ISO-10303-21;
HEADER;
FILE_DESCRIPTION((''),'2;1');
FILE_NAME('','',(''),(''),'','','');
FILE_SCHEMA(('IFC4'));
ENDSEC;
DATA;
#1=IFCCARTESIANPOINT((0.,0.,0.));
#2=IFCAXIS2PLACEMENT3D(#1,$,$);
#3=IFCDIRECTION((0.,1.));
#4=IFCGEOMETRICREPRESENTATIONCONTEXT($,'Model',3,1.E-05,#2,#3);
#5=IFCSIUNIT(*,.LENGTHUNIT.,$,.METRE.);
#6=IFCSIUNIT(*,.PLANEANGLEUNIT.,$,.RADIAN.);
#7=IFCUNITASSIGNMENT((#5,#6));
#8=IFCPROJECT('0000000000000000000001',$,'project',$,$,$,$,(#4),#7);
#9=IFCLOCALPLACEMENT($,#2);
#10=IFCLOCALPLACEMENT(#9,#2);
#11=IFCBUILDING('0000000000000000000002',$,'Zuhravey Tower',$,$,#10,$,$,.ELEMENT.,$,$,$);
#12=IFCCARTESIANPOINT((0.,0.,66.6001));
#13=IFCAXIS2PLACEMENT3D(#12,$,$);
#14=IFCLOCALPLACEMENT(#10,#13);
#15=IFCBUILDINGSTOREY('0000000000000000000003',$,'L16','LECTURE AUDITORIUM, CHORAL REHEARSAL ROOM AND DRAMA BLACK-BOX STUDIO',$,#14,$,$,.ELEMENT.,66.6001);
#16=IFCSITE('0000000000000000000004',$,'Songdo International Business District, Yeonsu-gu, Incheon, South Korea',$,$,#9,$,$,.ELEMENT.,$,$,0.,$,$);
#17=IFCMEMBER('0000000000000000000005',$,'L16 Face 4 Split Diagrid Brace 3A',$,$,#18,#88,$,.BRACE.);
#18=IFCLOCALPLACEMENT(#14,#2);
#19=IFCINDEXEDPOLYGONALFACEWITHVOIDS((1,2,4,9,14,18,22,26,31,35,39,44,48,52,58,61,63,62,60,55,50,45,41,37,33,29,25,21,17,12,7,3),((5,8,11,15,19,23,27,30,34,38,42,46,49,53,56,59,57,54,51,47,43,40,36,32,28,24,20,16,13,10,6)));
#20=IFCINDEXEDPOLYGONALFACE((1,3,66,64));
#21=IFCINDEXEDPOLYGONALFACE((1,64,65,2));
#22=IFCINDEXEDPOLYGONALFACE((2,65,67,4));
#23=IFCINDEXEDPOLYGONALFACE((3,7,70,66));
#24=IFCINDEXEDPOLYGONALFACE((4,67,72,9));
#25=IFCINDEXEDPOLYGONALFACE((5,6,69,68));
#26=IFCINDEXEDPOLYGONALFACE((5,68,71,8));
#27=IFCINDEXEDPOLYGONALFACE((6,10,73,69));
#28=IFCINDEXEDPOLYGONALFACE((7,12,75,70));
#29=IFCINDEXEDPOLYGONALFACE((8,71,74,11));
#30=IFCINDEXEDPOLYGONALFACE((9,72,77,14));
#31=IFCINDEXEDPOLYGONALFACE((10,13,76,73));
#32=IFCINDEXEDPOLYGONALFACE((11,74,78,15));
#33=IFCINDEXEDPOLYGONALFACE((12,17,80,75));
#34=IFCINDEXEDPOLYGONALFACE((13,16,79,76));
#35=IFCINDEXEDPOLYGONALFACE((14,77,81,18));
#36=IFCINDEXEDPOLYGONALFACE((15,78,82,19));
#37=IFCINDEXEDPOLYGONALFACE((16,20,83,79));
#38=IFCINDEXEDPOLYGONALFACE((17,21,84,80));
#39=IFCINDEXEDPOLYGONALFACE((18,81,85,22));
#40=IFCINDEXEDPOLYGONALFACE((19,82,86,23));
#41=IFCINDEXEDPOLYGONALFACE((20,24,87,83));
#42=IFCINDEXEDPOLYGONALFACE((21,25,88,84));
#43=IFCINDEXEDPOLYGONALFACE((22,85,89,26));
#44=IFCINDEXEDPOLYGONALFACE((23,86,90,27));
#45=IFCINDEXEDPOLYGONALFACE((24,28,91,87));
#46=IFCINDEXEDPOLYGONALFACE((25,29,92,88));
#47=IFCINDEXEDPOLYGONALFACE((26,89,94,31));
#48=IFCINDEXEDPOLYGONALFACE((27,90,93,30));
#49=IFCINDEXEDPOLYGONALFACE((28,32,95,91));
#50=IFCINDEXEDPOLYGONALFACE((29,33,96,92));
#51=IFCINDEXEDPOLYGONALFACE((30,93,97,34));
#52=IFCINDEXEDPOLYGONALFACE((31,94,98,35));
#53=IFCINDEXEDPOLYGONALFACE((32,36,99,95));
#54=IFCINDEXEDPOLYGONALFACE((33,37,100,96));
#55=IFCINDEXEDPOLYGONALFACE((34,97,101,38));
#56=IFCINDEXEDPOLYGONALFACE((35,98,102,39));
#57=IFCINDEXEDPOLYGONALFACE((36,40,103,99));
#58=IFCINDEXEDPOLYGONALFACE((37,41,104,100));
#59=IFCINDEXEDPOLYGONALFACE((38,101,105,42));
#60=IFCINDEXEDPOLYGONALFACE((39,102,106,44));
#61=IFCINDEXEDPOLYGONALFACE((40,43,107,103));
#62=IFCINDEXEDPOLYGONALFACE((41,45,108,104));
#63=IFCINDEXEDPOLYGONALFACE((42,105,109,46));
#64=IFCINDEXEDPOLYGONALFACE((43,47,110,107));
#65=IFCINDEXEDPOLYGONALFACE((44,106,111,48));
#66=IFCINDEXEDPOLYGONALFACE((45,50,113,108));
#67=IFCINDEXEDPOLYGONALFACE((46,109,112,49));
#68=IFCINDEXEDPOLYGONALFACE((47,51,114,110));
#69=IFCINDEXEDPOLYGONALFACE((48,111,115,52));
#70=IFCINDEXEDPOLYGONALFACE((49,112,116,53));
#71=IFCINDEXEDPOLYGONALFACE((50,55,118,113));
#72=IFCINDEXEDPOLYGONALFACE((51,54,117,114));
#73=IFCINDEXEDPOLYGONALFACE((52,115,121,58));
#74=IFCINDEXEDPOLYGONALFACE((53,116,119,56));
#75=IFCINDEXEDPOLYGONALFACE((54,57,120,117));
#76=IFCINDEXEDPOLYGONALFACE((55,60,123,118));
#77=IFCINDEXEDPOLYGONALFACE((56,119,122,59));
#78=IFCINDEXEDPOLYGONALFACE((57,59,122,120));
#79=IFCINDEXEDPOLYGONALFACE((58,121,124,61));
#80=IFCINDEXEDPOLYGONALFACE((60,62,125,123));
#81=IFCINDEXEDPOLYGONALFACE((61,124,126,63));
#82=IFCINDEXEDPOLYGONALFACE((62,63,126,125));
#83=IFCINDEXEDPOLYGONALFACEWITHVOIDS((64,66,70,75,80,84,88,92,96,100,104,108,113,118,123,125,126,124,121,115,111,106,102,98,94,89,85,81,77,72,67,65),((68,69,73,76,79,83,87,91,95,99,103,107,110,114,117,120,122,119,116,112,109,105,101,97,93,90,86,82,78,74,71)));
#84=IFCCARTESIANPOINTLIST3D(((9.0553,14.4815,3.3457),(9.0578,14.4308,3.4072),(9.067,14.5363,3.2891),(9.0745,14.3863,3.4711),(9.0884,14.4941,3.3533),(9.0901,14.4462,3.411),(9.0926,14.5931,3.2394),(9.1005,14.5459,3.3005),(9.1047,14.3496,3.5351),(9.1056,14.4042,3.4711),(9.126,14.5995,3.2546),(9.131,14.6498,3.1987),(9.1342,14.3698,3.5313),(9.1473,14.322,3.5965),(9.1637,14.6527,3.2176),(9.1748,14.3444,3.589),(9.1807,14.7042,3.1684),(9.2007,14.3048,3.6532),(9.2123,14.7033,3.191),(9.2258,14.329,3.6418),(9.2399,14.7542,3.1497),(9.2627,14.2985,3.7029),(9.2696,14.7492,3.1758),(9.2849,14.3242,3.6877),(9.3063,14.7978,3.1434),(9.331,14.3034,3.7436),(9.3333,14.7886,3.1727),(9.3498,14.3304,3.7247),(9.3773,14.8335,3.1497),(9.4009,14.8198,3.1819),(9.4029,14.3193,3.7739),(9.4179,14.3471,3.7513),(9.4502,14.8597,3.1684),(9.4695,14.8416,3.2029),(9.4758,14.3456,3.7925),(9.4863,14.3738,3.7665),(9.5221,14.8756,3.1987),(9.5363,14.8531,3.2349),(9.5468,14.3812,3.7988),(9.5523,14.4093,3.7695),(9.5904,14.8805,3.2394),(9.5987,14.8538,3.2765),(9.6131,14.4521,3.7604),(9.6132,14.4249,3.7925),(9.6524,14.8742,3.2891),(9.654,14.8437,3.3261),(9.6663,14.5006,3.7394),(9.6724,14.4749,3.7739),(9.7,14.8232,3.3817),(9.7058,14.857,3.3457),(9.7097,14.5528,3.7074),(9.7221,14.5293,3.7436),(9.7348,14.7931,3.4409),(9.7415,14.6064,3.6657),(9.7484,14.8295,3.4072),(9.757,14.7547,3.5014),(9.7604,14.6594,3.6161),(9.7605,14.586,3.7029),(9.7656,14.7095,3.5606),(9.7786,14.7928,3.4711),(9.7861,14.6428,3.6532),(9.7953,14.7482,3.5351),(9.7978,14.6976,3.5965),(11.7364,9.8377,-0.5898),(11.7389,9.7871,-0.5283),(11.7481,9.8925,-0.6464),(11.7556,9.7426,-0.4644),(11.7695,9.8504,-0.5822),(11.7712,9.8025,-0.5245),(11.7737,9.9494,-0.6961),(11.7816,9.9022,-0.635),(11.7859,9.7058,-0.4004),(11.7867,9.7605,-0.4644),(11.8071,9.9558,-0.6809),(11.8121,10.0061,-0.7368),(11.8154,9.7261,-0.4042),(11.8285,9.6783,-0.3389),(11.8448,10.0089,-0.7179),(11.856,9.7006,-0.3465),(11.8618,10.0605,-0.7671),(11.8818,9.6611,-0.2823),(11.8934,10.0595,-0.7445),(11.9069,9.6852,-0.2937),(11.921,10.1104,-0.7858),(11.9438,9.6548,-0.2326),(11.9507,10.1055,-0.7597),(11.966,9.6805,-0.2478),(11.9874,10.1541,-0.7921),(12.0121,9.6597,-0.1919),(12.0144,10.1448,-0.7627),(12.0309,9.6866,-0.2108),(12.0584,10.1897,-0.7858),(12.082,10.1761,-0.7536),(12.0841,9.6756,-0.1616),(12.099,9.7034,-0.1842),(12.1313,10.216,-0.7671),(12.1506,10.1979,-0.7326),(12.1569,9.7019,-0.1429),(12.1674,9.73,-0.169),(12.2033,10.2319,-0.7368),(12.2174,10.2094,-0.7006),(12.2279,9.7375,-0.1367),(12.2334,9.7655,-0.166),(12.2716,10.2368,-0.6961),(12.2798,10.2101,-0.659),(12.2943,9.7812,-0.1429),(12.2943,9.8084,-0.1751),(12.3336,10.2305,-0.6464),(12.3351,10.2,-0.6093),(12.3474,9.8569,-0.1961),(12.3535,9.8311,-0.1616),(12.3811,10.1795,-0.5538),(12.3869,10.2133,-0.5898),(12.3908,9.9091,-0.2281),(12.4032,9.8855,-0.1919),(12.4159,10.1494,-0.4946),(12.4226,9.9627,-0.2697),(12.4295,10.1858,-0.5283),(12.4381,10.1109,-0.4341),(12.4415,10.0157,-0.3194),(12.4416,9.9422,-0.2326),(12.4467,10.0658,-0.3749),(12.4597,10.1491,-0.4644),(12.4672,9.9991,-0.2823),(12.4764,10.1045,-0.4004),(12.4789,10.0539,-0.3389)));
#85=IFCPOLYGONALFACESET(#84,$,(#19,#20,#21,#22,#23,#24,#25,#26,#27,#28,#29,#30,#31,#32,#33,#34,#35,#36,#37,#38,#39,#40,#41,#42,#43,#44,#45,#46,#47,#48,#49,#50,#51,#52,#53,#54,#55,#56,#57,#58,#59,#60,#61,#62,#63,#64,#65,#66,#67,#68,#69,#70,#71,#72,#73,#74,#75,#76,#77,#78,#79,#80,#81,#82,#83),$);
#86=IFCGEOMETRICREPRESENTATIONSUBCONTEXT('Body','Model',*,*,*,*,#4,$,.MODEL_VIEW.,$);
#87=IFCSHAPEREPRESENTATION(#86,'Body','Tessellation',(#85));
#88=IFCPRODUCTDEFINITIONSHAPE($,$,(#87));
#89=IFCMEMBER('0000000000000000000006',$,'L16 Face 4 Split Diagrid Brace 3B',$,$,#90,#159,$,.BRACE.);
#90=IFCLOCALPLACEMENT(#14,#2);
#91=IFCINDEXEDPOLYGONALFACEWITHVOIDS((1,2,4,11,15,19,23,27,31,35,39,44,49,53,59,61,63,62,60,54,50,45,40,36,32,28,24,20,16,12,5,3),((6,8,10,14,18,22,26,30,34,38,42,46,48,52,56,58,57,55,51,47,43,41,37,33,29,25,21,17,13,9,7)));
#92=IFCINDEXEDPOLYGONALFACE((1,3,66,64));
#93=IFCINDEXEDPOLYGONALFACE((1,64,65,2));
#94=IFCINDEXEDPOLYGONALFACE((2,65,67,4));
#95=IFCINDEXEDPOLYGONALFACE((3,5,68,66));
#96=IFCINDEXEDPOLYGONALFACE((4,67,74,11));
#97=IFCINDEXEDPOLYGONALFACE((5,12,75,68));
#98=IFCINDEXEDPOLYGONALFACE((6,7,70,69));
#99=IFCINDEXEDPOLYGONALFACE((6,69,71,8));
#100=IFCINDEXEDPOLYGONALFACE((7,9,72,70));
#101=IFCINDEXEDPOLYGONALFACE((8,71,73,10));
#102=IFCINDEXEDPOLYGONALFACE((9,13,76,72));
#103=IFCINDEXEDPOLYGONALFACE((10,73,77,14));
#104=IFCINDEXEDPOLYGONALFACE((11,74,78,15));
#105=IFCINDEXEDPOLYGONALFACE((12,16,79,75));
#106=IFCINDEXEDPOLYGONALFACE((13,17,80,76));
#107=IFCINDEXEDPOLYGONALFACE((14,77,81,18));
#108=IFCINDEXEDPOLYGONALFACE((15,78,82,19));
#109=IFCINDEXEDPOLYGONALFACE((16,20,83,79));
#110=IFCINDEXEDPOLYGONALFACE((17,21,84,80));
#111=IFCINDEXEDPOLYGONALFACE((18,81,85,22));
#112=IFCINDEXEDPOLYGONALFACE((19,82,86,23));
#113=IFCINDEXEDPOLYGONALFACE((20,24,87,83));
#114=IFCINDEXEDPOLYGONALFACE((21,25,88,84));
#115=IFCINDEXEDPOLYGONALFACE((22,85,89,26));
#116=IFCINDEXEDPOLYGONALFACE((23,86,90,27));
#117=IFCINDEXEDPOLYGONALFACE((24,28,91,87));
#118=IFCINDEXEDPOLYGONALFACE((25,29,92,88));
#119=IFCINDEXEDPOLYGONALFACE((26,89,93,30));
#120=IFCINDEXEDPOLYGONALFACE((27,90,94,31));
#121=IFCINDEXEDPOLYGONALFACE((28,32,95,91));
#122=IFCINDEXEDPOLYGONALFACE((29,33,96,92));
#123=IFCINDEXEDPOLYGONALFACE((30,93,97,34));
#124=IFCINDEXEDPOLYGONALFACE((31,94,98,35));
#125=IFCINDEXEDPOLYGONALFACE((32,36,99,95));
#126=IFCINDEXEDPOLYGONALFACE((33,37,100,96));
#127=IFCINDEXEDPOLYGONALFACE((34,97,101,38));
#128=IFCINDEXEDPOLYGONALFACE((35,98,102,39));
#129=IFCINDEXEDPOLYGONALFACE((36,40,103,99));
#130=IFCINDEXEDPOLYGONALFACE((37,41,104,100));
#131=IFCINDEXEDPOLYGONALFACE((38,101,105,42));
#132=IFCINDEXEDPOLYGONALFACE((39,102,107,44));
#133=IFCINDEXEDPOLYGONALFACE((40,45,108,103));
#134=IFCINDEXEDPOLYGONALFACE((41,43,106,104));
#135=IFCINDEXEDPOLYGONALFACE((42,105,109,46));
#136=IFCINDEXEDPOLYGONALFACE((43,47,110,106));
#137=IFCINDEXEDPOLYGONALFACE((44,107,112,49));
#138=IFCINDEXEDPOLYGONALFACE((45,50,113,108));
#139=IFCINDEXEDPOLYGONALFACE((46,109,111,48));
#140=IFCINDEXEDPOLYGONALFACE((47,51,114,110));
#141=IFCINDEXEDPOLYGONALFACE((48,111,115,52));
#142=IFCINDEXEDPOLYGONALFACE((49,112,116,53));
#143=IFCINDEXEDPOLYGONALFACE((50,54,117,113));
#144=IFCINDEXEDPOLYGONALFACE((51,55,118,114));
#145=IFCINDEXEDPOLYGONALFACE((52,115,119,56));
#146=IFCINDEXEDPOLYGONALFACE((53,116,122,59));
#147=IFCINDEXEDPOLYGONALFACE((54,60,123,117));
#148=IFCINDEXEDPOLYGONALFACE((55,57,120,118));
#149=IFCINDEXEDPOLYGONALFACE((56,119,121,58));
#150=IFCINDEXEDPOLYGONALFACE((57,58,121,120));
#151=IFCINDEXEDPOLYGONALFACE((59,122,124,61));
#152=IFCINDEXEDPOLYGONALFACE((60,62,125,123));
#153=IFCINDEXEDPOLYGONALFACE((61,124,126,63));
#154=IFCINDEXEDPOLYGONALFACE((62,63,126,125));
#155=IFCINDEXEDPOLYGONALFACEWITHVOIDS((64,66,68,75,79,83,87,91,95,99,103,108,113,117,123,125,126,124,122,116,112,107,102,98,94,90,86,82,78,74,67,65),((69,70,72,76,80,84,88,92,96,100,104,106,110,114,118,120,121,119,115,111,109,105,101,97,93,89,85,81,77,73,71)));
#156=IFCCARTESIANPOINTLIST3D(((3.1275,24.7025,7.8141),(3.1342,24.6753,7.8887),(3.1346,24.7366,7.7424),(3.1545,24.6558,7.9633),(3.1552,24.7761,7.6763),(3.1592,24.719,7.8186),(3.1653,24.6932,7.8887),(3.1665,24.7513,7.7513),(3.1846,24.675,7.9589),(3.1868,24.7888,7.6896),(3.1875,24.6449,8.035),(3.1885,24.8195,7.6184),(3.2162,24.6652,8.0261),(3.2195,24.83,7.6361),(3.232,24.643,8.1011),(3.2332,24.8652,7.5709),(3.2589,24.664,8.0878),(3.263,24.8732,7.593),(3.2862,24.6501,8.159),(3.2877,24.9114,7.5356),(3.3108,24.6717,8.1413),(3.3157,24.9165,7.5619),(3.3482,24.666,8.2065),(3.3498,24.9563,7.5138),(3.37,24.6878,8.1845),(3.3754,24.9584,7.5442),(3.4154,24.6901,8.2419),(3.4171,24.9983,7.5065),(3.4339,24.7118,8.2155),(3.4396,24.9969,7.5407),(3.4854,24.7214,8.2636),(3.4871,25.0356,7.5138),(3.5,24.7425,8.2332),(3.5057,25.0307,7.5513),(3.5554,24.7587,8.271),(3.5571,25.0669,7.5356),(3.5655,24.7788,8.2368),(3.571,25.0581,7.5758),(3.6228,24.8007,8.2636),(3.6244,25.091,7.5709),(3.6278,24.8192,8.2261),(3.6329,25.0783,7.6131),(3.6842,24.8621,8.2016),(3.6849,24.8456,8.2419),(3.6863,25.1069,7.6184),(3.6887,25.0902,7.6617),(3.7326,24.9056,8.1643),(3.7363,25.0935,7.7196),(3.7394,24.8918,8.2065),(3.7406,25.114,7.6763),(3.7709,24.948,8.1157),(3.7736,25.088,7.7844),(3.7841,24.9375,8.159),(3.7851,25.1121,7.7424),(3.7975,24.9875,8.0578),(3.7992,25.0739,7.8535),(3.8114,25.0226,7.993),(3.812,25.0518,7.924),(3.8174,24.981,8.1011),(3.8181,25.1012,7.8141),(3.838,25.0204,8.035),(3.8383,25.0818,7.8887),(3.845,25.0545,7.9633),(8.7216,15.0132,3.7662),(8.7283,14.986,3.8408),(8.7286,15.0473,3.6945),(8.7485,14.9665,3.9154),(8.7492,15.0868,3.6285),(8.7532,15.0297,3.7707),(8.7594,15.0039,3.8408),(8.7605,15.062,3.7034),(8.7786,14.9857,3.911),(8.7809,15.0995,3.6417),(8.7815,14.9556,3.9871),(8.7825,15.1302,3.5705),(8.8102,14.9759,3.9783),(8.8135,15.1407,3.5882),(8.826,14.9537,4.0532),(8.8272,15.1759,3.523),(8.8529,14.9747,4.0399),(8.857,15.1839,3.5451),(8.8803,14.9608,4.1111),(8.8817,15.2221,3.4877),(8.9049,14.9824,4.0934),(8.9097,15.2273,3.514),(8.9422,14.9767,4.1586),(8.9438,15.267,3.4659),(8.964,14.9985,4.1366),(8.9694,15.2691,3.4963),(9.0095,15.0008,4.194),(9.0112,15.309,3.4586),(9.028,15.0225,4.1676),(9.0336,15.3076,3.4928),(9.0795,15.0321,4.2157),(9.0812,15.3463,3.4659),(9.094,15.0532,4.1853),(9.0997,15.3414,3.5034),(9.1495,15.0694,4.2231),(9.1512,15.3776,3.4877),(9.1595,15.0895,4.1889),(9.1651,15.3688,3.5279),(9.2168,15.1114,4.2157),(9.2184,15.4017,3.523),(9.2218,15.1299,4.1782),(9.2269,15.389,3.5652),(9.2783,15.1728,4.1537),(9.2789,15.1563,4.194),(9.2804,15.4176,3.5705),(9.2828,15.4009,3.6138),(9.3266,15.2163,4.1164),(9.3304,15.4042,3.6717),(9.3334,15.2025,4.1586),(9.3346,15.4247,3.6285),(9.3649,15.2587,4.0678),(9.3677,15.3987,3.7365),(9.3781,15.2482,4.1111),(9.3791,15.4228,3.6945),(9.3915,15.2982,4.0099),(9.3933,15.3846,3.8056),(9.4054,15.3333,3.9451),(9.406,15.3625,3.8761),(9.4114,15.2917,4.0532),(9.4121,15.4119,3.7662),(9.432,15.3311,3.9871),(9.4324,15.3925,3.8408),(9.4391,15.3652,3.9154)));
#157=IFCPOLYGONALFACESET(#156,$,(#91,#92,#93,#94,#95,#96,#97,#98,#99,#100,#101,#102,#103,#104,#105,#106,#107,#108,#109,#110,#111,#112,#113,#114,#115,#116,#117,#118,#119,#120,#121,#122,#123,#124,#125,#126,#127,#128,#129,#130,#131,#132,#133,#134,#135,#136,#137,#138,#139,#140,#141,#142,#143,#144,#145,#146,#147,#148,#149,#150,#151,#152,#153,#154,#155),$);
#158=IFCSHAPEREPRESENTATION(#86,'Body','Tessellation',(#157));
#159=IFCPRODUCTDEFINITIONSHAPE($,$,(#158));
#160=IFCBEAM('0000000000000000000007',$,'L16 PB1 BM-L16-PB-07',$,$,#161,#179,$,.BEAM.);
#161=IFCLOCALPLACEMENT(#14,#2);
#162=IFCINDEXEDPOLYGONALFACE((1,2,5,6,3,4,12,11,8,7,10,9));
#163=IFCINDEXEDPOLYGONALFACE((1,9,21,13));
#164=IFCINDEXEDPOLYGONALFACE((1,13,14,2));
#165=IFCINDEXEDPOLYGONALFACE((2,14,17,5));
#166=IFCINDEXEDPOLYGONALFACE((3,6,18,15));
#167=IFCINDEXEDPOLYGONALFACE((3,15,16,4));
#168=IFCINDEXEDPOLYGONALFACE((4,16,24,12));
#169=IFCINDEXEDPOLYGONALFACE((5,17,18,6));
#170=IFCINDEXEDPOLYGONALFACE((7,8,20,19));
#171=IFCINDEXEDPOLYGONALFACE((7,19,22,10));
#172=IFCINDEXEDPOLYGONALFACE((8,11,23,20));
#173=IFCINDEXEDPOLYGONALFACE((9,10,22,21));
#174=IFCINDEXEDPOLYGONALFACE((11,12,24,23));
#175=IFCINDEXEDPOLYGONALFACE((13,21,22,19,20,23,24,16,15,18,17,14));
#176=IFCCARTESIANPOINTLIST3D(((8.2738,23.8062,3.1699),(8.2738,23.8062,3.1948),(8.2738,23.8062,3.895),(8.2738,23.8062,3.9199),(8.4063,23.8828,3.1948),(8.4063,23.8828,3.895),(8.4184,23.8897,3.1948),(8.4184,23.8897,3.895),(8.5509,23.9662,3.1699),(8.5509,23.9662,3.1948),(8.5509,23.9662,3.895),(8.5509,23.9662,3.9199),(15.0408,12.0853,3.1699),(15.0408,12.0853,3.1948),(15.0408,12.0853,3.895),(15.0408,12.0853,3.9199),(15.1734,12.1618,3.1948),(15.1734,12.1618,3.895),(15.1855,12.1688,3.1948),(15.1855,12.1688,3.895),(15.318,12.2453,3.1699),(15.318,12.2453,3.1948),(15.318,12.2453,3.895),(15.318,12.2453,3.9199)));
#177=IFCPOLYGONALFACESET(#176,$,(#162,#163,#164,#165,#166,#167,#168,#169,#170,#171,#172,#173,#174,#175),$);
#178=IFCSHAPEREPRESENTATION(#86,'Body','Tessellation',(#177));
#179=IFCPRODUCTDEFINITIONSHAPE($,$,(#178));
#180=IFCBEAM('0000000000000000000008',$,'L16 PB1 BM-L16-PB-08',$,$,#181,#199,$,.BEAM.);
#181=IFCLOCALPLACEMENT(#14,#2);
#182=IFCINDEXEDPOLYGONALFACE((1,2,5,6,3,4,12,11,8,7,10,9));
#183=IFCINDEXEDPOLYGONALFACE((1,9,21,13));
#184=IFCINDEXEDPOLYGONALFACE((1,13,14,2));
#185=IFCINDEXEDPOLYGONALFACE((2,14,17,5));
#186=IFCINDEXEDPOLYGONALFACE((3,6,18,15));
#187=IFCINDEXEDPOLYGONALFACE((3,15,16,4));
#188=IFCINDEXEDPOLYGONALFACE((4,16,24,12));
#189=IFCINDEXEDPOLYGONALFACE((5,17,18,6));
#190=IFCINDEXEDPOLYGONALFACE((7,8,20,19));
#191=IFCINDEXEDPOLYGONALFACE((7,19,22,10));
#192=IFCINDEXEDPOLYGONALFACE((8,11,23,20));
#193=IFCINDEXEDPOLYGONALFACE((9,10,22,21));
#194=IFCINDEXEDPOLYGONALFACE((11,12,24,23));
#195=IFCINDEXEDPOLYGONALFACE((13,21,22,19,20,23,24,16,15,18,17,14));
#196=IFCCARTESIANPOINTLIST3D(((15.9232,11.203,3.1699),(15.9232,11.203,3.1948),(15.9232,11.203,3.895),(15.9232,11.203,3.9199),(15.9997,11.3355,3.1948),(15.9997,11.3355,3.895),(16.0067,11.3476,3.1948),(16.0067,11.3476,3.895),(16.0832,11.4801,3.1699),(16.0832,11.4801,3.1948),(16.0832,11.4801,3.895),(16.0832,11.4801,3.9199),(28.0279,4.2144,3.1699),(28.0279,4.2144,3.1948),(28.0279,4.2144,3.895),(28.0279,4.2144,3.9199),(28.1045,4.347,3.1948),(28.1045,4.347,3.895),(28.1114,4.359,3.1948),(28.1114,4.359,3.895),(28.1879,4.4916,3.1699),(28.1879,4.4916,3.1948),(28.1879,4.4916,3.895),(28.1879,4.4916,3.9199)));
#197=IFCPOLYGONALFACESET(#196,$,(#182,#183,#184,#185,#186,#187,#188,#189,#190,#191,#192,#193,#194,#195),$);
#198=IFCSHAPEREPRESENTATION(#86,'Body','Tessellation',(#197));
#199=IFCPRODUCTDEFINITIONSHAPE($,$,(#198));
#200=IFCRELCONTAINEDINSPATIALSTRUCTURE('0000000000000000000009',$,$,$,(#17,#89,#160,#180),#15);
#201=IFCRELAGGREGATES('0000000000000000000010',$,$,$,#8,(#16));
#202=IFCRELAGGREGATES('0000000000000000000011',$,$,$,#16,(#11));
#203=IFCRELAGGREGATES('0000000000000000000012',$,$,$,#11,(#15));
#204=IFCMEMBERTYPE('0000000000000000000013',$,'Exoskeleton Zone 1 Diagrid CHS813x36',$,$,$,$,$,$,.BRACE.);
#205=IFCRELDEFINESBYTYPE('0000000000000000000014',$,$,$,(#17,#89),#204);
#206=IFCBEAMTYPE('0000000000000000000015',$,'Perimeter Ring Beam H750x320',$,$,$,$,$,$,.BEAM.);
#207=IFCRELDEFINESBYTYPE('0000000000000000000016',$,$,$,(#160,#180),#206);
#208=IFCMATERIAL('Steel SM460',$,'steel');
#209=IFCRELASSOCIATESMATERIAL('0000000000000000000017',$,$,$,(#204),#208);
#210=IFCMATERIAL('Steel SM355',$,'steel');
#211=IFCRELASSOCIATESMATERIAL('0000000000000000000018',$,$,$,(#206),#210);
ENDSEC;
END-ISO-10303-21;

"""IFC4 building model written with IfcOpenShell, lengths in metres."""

from ifc_helpers import new_model, si_unit, direction, frame, origin, origin_2d, place, context, subcontext, project, spatial, hollow_circle, i_section, extrude, material, material_profile, profile_set, type_object, element, save


model = new_model("IFC4")

# Units and contexts
model_context = context("Model", 3, precision=1e-05, world=origin(), true_north=direction((0.0, 1.0)))
body_context = subcontext(model_context, "Body", "Model", "MODEL_VIEW")
ifc_project = project(units=[si_unit("LENGTHUNIT", "METRE"), si_unit("PLANEANGLEUNIT", "RADIAN")], contexts=[model_context])

# Site, building, storey
site_placement = place(None, origin())
site = spatial("IfcSite", under=ifc_project, at=site_placement, Name="Songdo International Business District, Yeonsu-gu, Incheon, South Korea", CompositionType="ELEMENT", RefElevation=0.0)
building_placement = place(site_placement, origin())
building = spatial("IfcBuilding", under=site, at=building_placement, Name="Zuhravey Tower", CompositionType="ELEMENT")
storey_placement = place(building_placement, frame((0.0, 0.0, 66.6001)))
storey = spatial("IfcBuildingStorey", under=building, at=storey_placement, Name="L16", Description="LECTURE AUDITORIUM, CHORAL REHEARSAL ROOM AND DRAMA BLACK-BOX STUDIO", CompositionType="ELEMENT", Elevation=66.6001)

# Members
ifc_material_1 = material(Name="Steel SM355", Category="steel")
ifc_material_2 = material(Name="Steel SM460", Category="steel")
ifc_material_profile_1 = material_profile(ifc_material_2, hollow_circle(Radius=0.4065, WallThickness=0.0359, at=origin_2d()), Name="CHS-812.8x36")
ifc_profile_set_1 = profile_set([ifc_material_profile_1], Name="Steel SM460")
member_type_1 = type_object("IfcMemberType", Name="Exoskeleton Zone 1 Diagrid CHS813x36", PredefinedType="BRACE", material=ifc_profile_set_1)
member_1_placement = place(storey_placement, frame((12.1077, 9.9458, -0.4644), z_axis=(-0.403092, 0.698162, 0.591681), x_axis=(-0.866021, -0.500008, 0.0)))
element("IfcMember", 1, at=member_1_placement, inside=storey, type_object=member_type_1, Name="L16 Face 4 Split Diagrid Brace 3A", PredefinedType="BRACE", context=body_context, shape_type="SweptSolid", body=[
    extrude(hollow_circle(Radius=0.4065, WallThickness=0.0359, at=origin_2d()), origin(), (0.0, 0.0, 1.0), 6.6514),
])
member_2_placement = place(storey_placement, frame((9.0803, 15.1892, 3.8408), z_axis=(-0.470169, 0.814367, 0.340217), x_axis=(-0.866028, -0.499995, 0.0)))
element("IfcMember", 2, at=member_2_placement, inside=storey, type_object=member_type_1, Name="L16 Face 4 Split Diagrid Brace 3B", PredefinedType="BRACE", context=body_context, shape_type="SweptSolid", body=[
    extrude(hollow_circle(Radius=0.4065, WallThickness=0.0359, at=origin_2d()), origin(), (0.0, 0.0, 1.0), 11.8979),
])

# Beams
ifc_material_profile_2 = material_profile(ifc_material_1, i_section(OverallWidth=0.3201, OverallDepth=0.75, WebThickness=0.0139, FlangeThickness=0.0249, at=origin_2d()), Name="H-750x320x14x25")
ifc_profile_set_2 = profile_set([ifc_material_profile_2], Name="Steel SM355")
beam_type_1 = type_object("IfcBeamType", Name="Perimeter Ring Beam H750x320", PredefinedType="BEAM", material=ifc_profile_set_2)
beam_1_placement = place(storey_placement, frame((8.4124, 23.8862, 3.5449), z_axis=(0.5, -0.866025, 0.0), x_axis=(0.866025, 0.5, 0.0)))
element("IfcBeam", 3, at=beam_1_placement, inside=storey, type_object=beam_type_1, Name="L16 PB1 BM-L16-PB-07", PredefinedType="BEAM", context=body_context, shape_type="SweptSolid", body=[
    extrude(i_section(OverallWidth=0.3201, OverallDepth=0.75, WebThickness=0.0139, FlangeThickness=0.0249, at=origin_2d()), origin(), (0.0, 0.0, 1.0), 13.5342),
])
beam_2_placement = place(storey_placement, frame((16.0032, 11.3416, 3.5449), z_axis=(0.86603, -0.499992, 0.0), x_axis=(0.499992, 0.86603, 0.0)))
element("IfcBeam", 4, at=beam_2_placement, inside=storey, type_object=beam_type_1, Name="L16 PB1 BM-L16-PB-08", PredefinedType="BEAM", context=body_context, shape_type="SweptSolid", body=[
    extrude(i_section(OverallWidth=0.3201, OverallDepth=0.75, WebThickness=0.0139, FlangeThickness=0.0249, at=origin_2d()), origin(), (0.0, 0.0, 1.0), 13.9773),
])

save(model, "model.ifc")
